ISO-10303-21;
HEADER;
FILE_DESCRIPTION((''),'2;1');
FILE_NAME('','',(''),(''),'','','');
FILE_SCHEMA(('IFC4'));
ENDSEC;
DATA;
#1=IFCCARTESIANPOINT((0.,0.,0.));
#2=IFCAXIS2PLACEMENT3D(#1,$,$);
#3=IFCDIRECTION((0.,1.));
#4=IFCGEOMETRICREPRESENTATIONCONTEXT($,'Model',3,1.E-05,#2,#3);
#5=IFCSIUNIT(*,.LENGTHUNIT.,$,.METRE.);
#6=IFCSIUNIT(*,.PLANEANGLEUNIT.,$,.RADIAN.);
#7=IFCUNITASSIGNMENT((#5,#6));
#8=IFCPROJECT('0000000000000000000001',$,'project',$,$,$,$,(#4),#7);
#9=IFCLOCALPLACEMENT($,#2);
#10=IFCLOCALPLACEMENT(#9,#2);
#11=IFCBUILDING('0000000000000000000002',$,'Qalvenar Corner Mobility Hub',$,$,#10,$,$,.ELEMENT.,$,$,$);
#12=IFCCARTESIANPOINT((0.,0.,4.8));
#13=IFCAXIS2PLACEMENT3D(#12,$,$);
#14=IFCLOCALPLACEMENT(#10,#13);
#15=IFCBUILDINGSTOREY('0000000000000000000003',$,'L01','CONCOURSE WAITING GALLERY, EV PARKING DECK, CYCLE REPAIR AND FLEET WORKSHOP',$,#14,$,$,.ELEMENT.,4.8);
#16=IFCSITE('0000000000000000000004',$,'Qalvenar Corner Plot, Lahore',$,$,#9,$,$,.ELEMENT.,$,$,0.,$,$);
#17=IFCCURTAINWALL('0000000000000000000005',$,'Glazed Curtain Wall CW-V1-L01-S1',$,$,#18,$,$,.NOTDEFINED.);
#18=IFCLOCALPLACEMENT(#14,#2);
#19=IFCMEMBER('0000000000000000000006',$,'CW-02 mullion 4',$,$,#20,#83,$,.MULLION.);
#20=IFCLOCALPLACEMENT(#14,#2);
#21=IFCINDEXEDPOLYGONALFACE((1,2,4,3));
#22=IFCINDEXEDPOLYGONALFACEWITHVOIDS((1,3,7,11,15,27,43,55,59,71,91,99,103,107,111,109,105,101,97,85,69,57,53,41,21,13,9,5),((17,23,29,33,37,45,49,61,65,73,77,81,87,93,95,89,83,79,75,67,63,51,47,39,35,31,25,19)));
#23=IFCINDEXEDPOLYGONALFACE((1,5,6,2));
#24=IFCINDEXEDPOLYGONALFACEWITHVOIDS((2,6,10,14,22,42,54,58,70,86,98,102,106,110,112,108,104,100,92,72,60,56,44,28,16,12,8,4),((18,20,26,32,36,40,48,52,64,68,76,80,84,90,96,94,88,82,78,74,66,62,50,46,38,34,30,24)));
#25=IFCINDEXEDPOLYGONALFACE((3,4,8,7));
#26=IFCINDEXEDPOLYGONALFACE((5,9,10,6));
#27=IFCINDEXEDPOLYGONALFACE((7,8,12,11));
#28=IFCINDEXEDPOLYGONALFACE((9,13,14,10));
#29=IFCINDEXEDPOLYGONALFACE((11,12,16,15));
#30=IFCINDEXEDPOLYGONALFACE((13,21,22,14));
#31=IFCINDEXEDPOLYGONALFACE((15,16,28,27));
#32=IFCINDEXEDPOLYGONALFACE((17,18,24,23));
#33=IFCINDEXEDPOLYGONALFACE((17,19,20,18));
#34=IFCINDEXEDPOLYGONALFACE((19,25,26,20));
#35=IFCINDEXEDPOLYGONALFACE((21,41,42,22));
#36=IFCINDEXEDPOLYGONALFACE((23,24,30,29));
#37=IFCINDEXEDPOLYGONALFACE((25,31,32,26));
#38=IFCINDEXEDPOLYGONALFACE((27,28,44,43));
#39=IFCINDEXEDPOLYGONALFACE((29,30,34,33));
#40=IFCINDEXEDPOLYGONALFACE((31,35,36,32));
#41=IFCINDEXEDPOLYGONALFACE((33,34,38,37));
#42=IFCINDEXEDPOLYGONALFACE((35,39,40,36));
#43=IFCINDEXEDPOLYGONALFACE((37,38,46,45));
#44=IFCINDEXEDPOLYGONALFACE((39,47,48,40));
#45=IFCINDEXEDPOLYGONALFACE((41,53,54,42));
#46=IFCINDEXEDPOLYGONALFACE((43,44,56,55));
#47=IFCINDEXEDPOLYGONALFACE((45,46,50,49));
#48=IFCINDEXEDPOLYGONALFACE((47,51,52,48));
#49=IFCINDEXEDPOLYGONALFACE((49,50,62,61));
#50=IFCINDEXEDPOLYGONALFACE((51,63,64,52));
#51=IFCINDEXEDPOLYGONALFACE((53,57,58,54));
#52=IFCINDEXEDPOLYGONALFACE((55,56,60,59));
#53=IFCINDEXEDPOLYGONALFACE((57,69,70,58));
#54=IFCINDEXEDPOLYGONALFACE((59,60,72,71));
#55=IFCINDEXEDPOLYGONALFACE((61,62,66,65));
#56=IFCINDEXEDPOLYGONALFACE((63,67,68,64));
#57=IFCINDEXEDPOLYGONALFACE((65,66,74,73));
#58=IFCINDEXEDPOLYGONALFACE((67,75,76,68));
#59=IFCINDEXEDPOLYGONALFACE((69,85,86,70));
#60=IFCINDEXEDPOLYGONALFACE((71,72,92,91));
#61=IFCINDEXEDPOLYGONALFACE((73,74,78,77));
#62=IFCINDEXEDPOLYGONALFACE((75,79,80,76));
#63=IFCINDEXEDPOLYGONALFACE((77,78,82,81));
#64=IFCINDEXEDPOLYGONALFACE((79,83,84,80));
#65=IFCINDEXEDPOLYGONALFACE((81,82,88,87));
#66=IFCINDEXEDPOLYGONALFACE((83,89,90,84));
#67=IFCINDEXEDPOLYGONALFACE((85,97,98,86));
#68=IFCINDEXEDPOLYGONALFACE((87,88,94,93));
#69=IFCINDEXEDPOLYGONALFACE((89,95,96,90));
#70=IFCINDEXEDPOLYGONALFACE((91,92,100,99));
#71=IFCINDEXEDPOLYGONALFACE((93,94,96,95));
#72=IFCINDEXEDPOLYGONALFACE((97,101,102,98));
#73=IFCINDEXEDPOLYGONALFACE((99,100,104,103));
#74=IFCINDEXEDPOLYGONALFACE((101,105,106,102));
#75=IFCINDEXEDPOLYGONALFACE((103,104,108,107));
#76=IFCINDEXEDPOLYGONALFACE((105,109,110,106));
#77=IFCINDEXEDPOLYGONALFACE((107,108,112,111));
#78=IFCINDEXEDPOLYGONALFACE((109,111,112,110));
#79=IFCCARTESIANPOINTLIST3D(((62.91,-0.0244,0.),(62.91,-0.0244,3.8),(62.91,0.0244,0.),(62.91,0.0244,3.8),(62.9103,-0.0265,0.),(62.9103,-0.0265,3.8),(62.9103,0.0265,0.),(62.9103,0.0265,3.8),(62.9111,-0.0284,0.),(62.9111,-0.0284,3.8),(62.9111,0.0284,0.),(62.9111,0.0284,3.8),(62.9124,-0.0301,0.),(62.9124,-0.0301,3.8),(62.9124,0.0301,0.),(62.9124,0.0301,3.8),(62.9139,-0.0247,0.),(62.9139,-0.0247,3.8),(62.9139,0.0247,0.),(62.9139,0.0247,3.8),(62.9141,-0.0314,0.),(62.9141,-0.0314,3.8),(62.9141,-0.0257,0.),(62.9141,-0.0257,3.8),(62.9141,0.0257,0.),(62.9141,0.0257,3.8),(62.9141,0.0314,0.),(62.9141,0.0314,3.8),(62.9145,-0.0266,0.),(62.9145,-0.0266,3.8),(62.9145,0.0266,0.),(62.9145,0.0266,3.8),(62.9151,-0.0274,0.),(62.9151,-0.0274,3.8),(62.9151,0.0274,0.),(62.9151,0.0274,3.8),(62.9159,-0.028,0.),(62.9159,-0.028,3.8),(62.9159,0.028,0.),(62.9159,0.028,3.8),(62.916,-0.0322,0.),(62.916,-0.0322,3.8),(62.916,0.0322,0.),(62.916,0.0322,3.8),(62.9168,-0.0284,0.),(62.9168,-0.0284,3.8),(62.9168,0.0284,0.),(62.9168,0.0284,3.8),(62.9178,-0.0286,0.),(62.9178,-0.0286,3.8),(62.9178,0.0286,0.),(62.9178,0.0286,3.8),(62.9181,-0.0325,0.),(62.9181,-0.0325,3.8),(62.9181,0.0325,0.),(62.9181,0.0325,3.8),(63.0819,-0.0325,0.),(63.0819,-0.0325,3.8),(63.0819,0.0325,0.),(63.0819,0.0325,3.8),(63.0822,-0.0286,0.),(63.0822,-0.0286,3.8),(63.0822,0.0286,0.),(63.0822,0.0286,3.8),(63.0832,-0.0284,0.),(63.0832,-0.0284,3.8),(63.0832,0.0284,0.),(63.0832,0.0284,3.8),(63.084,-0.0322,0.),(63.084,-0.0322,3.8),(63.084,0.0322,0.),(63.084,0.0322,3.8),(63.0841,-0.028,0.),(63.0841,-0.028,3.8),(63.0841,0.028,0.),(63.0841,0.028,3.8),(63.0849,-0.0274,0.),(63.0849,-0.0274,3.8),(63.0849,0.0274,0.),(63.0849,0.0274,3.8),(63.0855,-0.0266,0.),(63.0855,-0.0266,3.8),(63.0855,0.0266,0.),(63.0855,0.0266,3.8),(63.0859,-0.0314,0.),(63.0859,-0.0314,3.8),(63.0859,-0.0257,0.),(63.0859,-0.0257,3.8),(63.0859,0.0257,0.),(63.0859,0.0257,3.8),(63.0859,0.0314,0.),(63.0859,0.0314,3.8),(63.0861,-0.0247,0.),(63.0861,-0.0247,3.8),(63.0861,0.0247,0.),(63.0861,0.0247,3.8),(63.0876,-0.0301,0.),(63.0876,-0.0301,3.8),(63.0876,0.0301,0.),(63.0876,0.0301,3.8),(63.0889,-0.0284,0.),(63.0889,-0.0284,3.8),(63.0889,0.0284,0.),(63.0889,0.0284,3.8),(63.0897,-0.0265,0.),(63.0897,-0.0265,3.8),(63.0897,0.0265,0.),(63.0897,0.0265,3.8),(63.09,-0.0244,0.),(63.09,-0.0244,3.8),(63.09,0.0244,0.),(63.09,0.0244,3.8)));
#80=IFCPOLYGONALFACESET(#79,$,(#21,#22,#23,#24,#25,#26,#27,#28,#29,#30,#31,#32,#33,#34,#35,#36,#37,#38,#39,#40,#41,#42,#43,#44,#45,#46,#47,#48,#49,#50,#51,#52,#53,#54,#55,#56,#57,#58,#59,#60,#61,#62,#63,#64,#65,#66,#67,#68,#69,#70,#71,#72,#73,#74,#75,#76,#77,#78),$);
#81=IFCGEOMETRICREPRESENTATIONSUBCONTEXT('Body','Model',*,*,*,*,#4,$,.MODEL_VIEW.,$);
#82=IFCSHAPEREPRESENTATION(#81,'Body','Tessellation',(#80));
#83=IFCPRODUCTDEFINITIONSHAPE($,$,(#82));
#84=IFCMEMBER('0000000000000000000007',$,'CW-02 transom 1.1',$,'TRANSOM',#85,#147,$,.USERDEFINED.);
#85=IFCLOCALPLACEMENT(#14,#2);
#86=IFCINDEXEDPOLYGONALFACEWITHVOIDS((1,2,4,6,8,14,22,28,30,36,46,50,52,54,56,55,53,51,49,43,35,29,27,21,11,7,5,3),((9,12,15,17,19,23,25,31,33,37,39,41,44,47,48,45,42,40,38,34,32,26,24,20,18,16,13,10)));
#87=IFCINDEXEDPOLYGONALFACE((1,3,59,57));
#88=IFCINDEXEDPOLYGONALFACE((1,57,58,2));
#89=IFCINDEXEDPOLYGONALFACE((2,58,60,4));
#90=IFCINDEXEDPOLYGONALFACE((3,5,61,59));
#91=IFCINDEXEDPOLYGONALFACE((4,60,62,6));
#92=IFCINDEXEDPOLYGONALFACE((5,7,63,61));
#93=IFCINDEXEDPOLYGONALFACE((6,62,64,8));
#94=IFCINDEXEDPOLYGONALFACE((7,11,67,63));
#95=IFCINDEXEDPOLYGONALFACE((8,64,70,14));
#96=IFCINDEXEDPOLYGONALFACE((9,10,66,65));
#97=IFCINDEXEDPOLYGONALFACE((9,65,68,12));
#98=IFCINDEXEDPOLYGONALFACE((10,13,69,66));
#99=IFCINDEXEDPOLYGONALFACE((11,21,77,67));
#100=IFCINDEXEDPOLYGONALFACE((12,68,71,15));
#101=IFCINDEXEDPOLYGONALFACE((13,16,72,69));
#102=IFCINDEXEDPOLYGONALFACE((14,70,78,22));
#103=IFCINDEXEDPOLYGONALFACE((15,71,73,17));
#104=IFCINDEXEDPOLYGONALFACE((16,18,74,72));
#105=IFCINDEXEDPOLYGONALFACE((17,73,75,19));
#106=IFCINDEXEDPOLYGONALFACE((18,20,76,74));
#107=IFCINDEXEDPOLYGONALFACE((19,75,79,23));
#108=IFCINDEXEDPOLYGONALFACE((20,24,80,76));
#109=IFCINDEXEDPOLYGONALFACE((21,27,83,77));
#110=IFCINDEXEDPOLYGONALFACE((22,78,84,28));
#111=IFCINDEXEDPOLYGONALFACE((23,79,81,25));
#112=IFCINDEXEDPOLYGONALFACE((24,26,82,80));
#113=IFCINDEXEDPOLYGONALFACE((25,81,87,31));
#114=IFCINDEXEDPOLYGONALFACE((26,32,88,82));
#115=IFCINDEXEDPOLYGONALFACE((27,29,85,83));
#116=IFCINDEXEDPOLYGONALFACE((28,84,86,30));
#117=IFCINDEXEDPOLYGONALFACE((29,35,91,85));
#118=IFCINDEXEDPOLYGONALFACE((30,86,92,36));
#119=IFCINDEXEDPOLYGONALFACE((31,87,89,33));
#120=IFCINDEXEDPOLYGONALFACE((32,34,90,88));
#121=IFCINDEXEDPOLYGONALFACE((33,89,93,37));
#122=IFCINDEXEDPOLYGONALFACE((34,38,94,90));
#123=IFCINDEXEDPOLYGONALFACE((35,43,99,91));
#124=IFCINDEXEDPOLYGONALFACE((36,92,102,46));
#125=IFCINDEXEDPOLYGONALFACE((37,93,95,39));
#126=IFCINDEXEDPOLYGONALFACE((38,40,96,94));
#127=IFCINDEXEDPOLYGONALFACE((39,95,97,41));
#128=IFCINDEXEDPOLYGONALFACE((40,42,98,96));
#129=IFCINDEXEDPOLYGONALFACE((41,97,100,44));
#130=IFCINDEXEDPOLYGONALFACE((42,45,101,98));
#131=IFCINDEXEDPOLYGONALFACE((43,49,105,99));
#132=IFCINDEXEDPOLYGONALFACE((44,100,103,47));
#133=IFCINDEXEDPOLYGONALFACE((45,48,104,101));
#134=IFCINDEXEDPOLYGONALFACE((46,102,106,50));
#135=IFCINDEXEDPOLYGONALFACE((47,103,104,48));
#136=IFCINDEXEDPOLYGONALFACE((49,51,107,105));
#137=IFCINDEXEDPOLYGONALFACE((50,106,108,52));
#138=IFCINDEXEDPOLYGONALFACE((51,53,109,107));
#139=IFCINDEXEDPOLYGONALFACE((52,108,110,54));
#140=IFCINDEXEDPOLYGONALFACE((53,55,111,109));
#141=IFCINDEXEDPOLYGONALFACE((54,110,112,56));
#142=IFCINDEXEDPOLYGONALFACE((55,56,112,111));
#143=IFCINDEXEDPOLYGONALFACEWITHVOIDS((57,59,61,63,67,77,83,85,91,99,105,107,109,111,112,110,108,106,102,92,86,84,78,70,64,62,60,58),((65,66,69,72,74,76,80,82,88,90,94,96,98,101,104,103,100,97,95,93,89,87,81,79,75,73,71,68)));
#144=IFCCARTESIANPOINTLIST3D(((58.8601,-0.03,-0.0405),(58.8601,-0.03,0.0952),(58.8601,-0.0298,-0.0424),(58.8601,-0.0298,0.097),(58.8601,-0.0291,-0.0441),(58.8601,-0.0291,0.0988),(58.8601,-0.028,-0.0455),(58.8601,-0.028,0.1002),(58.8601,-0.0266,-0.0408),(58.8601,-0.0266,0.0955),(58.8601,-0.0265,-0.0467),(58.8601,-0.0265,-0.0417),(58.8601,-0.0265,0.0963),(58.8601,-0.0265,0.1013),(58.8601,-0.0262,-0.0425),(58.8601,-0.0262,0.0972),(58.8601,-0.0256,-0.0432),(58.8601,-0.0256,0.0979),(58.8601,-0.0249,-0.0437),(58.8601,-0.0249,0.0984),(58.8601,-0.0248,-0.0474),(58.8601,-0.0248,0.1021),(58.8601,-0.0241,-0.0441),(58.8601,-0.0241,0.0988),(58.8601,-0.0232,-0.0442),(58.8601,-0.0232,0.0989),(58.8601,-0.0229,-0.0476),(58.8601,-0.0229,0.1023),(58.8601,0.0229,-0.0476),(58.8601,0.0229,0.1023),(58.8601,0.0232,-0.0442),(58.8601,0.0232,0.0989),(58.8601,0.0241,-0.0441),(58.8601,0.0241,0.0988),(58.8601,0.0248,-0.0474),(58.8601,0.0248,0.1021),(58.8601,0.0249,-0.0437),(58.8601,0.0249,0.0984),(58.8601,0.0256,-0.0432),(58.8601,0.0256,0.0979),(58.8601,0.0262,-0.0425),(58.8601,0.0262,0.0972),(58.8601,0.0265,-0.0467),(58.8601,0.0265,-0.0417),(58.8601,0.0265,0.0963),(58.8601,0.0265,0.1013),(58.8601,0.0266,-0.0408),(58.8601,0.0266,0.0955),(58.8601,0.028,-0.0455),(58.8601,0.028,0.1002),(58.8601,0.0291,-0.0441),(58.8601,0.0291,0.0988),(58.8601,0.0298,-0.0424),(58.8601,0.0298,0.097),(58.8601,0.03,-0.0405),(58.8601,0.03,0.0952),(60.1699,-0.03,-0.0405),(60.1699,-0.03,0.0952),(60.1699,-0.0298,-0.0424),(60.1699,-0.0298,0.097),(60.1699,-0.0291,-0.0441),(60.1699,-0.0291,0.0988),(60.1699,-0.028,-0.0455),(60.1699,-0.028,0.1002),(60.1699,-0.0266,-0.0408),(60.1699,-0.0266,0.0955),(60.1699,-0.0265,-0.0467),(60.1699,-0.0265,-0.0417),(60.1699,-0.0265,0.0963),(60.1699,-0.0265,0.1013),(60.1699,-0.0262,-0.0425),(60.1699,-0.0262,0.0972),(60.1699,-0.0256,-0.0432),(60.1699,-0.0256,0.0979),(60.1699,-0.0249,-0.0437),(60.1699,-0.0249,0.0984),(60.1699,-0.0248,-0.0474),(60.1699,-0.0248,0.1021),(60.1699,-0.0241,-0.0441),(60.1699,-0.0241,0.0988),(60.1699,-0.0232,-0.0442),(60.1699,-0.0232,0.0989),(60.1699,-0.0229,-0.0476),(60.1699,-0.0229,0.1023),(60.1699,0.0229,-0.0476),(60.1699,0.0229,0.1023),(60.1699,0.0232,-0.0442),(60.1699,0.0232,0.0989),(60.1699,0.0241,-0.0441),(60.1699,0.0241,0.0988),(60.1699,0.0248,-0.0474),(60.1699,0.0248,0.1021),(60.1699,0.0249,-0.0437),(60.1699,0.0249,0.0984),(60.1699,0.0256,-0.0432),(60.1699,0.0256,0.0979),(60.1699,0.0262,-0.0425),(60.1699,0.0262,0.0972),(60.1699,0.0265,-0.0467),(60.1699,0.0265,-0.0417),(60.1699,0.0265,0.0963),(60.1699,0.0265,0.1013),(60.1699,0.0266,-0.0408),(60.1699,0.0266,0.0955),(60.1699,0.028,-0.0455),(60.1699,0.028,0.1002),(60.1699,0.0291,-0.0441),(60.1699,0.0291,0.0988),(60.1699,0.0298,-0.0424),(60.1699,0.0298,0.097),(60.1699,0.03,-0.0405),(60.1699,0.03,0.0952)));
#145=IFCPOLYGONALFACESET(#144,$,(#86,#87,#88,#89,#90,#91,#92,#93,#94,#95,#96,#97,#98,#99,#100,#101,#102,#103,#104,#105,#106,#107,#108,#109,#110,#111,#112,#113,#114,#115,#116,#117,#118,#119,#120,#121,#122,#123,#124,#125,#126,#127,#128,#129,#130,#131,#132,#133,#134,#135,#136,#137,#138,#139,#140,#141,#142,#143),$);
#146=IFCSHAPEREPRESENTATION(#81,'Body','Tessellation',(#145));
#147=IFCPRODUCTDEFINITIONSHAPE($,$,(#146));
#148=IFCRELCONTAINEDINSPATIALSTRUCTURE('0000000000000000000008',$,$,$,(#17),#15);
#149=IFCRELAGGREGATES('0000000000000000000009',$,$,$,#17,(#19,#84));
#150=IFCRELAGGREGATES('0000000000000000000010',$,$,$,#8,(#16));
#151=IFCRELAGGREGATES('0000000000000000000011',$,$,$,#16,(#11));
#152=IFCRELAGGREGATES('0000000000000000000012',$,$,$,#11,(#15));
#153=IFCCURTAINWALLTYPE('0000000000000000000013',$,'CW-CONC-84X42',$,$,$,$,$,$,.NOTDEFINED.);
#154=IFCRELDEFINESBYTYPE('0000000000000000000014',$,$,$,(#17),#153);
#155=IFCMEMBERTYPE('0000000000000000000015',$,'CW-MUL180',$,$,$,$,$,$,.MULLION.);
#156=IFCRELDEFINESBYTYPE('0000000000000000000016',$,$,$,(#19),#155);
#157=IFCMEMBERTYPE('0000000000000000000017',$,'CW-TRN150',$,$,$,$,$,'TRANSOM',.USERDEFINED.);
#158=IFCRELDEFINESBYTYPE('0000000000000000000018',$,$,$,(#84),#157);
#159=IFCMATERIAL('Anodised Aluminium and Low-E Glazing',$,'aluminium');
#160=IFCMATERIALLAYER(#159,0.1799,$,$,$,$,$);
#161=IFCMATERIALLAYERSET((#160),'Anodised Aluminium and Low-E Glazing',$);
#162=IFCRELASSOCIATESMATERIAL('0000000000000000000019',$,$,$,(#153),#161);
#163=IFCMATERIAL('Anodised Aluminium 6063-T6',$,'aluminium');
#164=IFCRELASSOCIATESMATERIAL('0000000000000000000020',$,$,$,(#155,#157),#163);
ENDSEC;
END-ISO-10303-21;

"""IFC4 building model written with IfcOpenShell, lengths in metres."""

from ifc_helpers import new_model, si_unit, direction, frame, origin, origin_2d, place, context, subcontext, project, spatial, hollow_rectangle, extrude, material, layer, layer_set, material_profile, profile_set, type_object, element, aggregate, save


model = new_model("IFC4")

# Units and contexts
model_context = context("Model", 3, precision=1e-05, world=origin(), true_north=direction((0.0, 1.0)))
body_context = subcontext(model_context, "Body", "Model", "MODEL_VIEW")
ifc_project = project(units=[si_unit("LENGTHUNIT", "METRE"), si_unit("PLANEANGLEUNIT", "RADIAN")], contexts=[model_context])

# Site, building, storey
site_placement = place(None, origin())
site = spatial("IfcSite", under=ifc_project, at=site_placement, Name="Qalvenar Corner Plot, Lahore", CompositionType="ELEMENT", RefElevation=0.0)
building_placement = place(site_placement, origin())
building = spatial("IfcBuilding", under=site, at=building_placement, Name="Qalvenar Corner Mobility Hub", CompositionType="ELEMENT")
storey_placement = place(building_placement, frame((0.0, 0.0, 4.8)))
storey = spatial("IfcBuildingStorey", under=building, at=storey_placement, Name="L01", Description="CONCOURSE WAITING GALLERY, EV PARKING DECK, CYCLE REPAIR AND FLEET WORKSHOP", CompositionType="ELEMENT", Elevation=4.8)

# Curtain wall, members
ifc_material_1 = material(Name="Anodised Aluminium and Low-E Glazing", Category="aluminium")
ifc_layer_1 = layer(ifc_material_1, 0.1799)
ifc_layer_set_1 = layer_set([ifc_layer_1], Name="Anodised Aluminium and Low-E Glazing")
curtain_wall_type = type_object("IfcCurtainWallType", Name="CW-CONC-84X42", PredefinedType="NOTDEFINED", material=ifc_layer_set_1)
curtain_wall_placement = place(storey_placement, origin())
curtain_wall = element("IfcCurtainWall", 1, at=curtain_wall_placement, inside=storey, type_object=curtain_wall_type, Name="Glazed Curtain Wall CW-V1-L01-S1", PredefinedType="NOTDEFINED")
ifc_material_2 = material(Name="Anodised Aluminium 6063-T6", Category="aluminium")
ifc_material_profile_1 = material_profile(ifc_material_2, hollow_rectangle(XDim=0.0649, YDim=0.1799, WallThickness=0.0039, InnerFilletRadius=0.0039, OuterFilletRadius=0.0081, at=origin_2d()), Name="RHS180x65x4")
ifc_profile_set_1 = profile_set([ifc_material_profile_1], Name="Anodised Aluminium 6063-T6")
member_type_1 = type_object("IfcMemberType", Name="CW-MUL180", PredefinedType="MULLION", material=ifc_profile_set_1)
member_1_placement = place(storey_placement, frame((63.0, 0.0, 0.0), z_axis=(0.0, 0.0, 1.0), x_axis=(0.0, 1.0, 0.0)))
member_1 = element("IfcMember", 2, at=member_1_placement, type_object=member_type_1, Name="CW-02 mullion 4", PredefinedType="MULLION", context=body_context, shape_type="SweptSolid", body=[
    extrude(hollow_rectangle(XDim=0.0649, YDim=0.1799, WallThickness=0.0039, InnerFilletRadius=0.0039, OuterFilletRadius=0.0081, at=origin_2d()), origin(), (0.0, 0.0, 1.0), 3.8),
])
ifc_material_profile_2 = material_profile(ifc_material_2, hollow_rectangle(XDim=0.0601, YDim=0.1499, WallThickness=0.0034, InnerFilletRadius=0.0034, OuterFilletRadius=0.0071, at=origin_2d()), Name="RHS150x60x3.5")
ifc_profile_set_2 = profile_set([ifc_material_profile_2], Name="Anodised Aluminium 6063-T6")
member_type_2 = type_object("IfcMemberType", Name="CW-TRN150", ElementType="TRANSOM", PredefinedType="USERDEFINED", material=ifc_profile_set_2)
member_2_placement = place(storey_placement, frame((58.8601, 0.0, 0.0273), z_axis=(1.0, 0.0, 0.0), x_axis=(0.0, 1.0, 0.0)))
member_2 = element("IfcMember", 3, at=member_2_placement, type_object=member_type_2, Name="CW-02 transom 1.1", ObjectType="TRANSOM", PredefinedType="USERDEFINED", context=body_context, shape_type="SweptSolid", body=[
    extrude(hollow_rectangle(XDim=0.0601, YDim=0.1499, WallThickness=0.0034, InnerFilletRadius=0.0034, OuterFilletRadius=0.0071, at=origin_2d()), origin(), (0.0, 0.0, 1.0), 1.3098),
])
aggregate(curtain_wall, [member_1, member_2])

save(model, "model.ifc")
